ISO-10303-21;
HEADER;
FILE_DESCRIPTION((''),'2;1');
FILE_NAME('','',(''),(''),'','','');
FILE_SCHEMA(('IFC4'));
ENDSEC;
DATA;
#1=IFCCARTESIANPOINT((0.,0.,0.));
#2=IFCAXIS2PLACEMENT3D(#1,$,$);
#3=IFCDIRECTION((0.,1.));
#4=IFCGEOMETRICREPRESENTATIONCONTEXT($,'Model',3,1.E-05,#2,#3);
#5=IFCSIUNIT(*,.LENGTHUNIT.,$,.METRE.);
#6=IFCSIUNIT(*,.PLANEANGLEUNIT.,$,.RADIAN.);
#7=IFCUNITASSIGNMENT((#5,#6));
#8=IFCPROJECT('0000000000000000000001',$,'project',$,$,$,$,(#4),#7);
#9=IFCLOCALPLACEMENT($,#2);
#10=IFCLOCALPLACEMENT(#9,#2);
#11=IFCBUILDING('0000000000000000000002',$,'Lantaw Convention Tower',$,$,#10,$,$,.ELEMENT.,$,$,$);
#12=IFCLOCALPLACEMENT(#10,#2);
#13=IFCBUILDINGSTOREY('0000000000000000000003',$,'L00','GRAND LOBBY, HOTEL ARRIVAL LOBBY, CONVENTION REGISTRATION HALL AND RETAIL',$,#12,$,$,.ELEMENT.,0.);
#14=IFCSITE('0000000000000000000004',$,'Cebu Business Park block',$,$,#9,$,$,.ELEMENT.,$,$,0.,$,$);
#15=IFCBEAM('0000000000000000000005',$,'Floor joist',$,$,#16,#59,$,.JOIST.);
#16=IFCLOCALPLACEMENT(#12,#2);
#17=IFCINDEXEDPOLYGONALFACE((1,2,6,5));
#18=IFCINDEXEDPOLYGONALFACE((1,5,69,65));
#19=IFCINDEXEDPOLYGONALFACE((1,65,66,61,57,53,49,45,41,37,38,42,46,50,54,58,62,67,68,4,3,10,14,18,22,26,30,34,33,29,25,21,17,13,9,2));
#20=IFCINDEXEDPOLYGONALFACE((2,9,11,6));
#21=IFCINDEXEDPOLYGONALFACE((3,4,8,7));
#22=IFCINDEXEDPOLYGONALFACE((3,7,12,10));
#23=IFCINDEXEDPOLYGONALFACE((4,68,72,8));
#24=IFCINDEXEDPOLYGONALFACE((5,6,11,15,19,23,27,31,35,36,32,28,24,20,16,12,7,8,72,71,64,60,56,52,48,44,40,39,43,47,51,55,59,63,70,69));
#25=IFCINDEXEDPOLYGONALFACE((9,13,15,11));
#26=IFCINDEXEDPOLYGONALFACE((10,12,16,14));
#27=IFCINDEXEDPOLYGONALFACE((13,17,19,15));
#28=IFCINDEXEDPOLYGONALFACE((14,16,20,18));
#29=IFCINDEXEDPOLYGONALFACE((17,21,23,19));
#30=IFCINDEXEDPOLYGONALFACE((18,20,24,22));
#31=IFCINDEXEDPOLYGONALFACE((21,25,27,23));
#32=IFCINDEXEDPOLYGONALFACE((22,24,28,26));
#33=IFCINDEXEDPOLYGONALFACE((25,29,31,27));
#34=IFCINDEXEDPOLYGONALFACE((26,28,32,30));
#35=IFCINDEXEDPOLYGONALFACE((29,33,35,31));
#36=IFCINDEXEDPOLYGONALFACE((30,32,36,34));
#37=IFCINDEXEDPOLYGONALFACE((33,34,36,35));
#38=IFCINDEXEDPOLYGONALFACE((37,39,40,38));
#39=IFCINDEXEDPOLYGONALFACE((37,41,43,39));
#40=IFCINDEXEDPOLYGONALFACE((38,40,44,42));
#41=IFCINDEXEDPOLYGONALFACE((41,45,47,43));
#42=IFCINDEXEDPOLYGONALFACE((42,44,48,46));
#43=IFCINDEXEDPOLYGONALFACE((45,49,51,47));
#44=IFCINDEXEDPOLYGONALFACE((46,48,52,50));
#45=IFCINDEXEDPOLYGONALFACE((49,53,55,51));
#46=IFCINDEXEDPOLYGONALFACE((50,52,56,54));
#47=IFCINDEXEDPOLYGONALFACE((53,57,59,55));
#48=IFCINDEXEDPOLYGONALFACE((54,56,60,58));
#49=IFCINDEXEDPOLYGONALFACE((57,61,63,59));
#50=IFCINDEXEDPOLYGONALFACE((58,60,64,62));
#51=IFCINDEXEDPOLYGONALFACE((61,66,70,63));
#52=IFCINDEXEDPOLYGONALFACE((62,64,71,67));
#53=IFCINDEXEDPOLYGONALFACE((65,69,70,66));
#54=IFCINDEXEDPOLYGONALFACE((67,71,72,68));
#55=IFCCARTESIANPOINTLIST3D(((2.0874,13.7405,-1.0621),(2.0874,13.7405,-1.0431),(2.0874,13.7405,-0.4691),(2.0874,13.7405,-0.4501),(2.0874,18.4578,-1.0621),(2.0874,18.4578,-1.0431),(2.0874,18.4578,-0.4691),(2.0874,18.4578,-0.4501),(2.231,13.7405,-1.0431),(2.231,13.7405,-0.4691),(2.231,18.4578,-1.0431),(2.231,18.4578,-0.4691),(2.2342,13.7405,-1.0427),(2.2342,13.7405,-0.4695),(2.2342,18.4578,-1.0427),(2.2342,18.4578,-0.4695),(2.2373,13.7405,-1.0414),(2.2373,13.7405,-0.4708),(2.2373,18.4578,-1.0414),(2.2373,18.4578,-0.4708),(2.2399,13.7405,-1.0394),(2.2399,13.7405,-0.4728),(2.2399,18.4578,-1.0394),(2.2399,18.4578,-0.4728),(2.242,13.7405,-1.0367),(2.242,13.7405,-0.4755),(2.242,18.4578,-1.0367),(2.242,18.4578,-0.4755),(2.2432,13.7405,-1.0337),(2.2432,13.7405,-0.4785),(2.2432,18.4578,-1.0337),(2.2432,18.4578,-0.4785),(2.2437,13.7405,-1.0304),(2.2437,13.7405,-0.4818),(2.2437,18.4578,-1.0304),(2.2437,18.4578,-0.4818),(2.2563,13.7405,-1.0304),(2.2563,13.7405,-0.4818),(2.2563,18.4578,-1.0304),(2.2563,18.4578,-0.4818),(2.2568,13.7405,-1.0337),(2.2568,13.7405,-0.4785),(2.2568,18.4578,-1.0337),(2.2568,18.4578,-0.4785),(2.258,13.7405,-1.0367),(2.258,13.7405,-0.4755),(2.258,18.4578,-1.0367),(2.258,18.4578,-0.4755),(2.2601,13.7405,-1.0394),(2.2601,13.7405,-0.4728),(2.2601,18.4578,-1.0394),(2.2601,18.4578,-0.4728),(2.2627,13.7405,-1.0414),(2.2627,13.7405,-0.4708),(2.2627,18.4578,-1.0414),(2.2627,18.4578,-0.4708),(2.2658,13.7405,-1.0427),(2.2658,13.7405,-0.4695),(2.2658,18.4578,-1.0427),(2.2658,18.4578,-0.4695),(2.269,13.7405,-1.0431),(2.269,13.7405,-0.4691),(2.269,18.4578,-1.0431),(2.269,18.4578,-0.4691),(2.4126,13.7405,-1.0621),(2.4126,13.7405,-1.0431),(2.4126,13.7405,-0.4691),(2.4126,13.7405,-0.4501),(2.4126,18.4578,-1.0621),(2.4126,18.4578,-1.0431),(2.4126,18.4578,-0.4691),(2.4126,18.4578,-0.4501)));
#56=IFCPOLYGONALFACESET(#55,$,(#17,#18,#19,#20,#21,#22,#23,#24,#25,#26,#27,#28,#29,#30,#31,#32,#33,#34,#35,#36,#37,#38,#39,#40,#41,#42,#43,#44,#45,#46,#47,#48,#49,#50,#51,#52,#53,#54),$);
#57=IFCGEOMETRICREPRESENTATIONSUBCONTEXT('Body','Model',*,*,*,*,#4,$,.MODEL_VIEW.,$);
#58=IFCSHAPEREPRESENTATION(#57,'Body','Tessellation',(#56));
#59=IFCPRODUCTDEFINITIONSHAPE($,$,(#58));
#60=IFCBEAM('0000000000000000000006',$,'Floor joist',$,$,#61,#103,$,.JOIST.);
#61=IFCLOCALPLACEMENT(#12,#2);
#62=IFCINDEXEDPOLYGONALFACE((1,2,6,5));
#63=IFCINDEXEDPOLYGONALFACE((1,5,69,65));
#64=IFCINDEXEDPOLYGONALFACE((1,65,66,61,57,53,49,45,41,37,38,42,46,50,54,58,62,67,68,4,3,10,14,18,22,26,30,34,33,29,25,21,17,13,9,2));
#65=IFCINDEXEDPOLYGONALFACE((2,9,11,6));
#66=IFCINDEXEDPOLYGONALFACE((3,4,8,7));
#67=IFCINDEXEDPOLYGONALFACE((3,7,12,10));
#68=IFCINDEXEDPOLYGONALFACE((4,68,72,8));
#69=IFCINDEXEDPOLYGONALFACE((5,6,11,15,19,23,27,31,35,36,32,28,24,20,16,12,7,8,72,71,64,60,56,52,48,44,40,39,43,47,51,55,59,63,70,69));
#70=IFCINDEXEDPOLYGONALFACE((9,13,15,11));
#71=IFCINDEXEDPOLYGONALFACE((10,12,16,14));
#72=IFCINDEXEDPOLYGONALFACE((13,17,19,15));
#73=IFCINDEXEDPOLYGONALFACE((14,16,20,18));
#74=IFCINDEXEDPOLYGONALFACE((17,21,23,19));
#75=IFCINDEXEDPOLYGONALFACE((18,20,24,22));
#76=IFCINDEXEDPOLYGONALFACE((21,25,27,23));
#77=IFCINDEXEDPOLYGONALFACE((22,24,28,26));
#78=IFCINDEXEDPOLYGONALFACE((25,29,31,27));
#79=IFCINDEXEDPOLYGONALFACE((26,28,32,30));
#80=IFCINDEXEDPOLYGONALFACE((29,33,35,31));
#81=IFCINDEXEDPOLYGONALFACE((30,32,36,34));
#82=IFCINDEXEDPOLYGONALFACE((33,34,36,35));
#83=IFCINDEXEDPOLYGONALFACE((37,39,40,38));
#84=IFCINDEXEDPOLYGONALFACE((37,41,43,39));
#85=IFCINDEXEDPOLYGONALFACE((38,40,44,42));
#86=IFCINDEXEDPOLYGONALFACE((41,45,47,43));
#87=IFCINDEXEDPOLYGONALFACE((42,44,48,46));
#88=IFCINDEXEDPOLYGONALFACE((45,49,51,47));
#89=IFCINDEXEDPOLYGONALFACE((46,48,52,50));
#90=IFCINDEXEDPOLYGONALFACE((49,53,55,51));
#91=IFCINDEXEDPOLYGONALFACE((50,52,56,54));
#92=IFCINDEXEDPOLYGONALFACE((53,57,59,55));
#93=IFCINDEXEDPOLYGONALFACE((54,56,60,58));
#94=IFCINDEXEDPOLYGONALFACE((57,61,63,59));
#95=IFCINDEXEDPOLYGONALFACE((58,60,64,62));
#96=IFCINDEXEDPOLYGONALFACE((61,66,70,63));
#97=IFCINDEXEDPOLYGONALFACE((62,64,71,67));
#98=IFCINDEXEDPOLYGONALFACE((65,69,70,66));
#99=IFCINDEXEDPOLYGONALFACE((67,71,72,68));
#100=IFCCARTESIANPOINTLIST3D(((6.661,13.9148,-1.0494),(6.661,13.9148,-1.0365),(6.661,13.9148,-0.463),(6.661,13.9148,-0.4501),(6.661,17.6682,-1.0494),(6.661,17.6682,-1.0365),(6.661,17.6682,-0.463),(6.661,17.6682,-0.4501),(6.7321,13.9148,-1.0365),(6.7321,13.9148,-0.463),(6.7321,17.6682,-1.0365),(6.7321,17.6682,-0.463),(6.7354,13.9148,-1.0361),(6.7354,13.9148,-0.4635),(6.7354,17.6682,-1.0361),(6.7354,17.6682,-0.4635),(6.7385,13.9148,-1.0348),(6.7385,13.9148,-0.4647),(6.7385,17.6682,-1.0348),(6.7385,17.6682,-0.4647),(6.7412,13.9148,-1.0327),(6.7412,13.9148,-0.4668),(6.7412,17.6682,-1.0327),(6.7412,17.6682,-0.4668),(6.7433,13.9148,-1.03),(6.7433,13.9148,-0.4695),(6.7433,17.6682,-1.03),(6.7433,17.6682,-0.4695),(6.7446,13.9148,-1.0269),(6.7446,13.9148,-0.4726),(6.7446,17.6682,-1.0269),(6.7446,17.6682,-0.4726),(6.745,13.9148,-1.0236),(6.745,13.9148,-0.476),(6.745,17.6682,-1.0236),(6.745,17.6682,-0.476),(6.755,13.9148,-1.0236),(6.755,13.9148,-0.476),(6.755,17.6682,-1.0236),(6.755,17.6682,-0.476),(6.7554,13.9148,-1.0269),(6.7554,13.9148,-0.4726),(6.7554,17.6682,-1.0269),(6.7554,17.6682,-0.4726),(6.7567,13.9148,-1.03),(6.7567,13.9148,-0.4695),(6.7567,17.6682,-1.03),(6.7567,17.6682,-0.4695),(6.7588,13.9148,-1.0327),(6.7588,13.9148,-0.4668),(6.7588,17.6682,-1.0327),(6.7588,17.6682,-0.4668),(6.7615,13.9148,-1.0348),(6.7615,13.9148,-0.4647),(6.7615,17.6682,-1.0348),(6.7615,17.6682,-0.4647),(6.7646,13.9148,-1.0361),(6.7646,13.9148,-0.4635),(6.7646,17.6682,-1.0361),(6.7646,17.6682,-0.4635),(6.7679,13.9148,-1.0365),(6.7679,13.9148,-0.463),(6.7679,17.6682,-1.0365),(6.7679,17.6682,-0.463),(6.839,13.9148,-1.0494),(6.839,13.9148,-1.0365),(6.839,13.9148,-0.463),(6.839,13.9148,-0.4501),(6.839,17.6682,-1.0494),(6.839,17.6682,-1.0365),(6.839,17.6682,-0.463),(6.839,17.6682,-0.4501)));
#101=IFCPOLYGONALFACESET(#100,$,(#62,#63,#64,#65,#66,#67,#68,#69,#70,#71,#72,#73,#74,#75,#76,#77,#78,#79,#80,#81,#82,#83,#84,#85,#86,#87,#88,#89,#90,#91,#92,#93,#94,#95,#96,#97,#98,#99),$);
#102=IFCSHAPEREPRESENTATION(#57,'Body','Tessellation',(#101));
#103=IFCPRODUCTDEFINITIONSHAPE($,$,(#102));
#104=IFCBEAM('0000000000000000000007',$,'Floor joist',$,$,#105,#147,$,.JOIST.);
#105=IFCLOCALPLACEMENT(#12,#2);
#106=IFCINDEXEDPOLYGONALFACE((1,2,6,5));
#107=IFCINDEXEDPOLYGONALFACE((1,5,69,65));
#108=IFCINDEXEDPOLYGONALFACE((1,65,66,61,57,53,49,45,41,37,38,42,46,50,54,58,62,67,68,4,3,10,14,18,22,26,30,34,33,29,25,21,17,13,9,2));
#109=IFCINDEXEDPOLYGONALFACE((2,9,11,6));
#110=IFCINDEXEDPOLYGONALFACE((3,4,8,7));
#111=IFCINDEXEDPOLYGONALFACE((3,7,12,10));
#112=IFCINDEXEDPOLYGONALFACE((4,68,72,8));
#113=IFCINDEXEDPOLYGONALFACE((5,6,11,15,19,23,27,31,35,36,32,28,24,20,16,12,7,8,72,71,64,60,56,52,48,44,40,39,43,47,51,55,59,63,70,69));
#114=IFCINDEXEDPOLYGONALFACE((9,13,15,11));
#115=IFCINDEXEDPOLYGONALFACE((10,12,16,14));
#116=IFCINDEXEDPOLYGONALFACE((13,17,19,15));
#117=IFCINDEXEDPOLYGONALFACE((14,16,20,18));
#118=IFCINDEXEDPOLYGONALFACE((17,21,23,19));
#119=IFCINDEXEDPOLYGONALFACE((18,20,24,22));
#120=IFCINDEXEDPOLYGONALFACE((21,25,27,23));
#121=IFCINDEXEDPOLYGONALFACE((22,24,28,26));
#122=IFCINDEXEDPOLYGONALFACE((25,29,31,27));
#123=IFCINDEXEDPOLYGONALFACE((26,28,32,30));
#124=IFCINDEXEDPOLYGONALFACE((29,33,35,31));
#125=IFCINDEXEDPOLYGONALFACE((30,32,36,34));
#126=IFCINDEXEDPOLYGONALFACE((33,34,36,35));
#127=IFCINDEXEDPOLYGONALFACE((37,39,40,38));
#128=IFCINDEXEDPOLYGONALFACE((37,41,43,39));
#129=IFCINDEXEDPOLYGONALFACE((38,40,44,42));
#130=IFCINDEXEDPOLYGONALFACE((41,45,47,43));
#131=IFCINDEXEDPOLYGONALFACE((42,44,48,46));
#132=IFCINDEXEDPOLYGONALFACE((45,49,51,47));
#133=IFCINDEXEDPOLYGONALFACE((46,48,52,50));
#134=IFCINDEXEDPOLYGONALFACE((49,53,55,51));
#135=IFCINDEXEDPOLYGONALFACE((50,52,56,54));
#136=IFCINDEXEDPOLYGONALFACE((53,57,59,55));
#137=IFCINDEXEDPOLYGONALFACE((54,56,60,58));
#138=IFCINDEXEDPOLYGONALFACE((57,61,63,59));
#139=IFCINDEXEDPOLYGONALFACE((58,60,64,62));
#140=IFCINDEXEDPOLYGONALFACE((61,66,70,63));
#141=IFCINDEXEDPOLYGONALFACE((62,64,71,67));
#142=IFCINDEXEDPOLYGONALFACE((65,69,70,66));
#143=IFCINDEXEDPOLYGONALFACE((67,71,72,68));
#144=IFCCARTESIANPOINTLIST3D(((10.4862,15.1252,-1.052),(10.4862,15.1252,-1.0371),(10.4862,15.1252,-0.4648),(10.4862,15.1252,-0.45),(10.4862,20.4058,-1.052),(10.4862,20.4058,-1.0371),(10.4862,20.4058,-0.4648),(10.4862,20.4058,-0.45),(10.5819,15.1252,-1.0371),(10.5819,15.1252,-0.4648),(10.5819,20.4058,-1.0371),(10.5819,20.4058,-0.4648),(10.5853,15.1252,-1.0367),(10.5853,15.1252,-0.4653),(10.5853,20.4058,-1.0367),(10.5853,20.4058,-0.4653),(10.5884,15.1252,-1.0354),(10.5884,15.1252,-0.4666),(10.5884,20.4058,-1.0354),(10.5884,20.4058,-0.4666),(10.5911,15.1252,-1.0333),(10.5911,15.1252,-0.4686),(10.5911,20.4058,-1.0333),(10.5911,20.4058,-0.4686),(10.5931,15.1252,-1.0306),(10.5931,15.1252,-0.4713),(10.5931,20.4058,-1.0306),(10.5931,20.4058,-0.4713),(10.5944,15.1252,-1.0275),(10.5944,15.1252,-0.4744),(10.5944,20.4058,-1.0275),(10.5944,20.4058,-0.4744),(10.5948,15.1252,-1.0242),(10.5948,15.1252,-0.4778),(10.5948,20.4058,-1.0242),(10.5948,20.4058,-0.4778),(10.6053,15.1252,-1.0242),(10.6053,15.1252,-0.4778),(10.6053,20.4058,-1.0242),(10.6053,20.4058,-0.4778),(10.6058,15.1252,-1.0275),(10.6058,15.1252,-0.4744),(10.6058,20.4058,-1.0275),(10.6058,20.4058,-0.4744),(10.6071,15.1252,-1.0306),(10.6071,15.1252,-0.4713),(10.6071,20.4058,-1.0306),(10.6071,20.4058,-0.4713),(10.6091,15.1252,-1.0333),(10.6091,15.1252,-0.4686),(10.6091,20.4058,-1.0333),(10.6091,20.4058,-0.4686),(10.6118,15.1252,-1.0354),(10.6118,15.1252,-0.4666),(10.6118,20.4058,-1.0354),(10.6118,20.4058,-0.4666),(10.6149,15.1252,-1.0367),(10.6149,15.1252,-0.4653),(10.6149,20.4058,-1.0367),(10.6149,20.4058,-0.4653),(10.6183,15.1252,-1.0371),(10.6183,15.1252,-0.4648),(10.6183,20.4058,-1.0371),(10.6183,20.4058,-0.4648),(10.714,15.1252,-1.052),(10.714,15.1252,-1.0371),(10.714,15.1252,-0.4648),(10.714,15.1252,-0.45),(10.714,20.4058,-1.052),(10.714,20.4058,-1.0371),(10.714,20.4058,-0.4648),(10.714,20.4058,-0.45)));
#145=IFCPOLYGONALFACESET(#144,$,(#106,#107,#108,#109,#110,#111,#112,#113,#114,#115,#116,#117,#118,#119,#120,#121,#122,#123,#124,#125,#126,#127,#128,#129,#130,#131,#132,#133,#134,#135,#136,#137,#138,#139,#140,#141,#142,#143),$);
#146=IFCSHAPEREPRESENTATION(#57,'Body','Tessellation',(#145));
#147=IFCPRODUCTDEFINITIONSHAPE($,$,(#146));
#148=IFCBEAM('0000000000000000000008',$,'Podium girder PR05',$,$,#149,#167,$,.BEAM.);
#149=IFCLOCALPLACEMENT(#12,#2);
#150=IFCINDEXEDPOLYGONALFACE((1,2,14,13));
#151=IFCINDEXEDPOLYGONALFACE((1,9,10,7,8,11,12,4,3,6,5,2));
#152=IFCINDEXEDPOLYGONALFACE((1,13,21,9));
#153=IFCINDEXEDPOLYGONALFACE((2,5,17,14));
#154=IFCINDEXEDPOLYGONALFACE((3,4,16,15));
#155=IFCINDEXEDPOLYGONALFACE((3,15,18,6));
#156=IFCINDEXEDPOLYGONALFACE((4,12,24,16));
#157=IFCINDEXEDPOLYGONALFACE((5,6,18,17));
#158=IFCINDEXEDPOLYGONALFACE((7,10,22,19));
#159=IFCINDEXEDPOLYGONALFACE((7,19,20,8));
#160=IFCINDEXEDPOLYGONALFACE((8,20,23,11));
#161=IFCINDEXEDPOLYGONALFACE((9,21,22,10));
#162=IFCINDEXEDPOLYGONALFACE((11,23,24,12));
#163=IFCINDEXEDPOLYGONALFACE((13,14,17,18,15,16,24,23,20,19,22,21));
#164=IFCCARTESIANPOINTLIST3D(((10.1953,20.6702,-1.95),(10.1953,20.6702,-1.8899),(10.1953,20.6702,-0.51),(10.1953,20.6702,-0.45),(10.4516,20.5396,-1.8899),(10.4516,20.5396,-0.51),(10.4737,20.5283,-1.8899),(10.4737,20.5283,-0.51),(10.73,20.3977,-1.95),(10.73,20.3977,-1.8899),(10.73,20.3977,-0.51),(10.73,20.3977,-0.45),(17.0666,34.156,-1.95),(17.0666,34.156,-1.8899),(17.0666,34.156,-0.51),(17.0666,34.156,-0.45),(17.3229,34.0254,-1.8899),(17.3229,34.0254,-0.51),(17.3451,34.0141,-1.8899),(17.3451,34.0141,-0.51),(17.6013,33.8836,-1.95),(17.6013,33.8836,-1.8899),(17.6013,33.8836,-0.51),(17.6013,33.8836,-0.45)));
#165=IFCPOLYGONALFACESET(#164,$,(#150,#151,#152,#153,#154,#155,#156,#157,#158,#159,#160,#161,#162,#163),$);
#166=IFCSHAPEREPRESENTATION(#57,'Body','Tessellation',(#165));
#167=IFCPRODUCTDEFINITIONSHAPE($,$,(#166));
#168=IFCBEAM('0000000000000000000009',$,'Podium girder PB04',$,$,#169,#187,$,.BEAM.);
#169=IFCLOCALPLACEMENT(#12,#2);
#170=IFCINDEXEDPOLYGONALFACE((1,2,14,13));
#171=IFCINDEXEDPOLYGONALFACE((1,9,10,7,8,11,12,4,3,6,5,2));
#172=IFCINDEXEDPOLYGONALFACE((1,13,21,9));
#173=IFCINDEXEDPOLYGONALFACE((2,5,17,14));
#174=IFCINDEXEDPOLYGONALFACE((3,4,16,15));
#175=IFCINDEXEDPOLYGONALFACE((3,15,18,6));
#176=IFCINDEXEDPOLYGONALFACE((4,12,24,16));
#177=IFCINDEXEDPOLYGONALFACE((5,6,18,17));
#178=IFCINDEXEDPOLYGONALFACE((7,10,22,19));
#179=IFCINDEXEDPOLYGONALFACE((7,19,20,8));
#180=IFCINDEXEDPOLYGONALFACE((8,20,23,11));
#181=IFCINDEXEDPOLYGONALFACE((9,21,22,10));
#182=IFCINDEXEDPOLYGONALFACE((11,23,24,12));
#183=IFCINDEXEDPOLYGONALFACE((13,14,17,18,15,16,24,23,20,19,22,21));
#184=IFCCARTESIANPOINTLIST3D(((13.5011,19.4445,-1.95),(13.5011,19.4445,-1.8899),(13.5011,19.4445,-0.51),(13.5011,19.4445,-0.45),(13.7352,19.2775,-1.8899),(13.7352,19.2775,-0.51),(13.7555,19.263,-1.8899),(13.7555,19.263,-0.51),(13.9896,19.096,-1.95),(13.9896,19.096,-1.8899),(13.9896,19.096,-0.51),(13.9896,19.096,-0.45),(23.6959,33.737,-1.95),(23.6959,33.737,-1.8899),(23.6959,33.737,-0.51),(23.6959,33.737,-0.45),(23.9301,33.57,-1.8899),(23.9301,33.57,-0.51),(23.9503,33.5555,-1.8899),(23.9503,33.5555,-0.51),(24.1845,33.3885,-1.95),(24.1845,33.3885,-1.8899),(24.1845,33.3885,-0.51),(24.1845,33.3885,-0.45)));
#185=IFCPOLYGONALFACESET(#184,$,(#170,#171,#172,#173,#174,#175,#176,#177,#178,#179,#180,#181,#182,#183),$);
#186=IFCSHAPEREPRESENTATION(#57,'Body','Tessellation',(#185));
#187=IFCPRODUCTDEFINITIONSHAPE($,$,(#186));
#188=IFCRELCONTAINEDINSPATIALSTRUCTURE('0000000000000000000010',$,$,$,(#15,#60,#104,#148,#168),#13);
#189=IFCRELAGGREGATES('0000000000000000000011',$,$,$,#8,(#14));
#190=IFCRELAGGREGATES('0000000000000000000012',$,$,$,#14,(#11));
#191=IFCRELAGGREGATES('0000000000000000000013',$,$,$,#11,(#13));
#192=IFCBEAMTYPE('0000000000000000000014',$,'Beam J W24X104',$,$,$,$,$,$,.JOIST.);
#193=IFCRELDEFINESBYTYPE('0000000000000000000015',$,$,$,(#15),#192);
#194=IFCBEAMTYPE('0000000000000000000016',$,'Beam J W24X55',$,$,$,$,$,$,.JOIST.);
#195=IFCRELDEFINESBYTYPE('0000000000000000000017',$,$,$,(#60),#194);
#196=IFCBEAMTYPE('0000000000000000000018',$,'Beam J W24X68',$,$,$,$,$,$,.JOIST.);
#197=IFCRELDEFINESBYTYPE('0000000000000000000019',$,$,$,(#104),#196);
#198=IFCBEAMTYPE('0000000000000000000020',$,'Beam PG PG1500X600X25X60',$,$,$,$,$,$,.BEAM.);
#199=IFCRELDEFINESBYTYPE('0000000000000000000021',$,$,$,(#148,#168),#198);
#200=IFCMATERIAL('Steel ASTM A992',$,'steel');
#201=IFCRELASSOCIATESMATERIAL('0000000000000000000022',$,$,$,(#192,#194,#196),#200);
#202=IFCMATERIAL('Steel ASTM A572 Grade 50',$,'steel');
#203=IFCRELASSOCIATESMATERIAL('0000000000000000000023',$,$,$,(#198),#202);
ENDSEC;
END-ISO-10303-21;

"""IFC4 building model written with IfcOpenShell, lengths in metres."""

from ifc_helpers import new_model, si_unit, direction, frame, origin, origin_2d, place, context, subcontext, project, spatial, i_section, extrude, material, material_profile, profile_set, type_object, element, save


model = new_model("IFC4")

# Units and contexts
model_context = context("Model", 3, precision=1e-05, world=origin(), true_north=direction((0.0, 1.0)))
body_context = subcontext(model_context, "Body", "Model", "MODEL_VIEW")
ifc_project = project(units=[si_unit("LENGTHUNIT", "METRE"), si_unit("PLANEANGLEUNIT", "RADIAN")], contexts=[model_context])

# Site, building, storey
site_placement = place(None, origin())
site = spatial("IfcSite", under=ifc_project, at=site_placement, Name="Cebu Business Park block", CompositionType="ELEMENT", RefElevation=0.0)
building_placement = place(site_placement, origin())
building = spatial("IfcBuilding", under=site, at=building_placement, Name="Lantaw Convention Tower", CompositionType="ELEMENT")
storey_placement = place(building_placement, origin())
storey = spatial("IfcBuildingStorey", under=building, at=storey_placement, Name="L00", Description="GRAND LOBBY, HOTEL ARRIVAL LOBBY, CONVENTION REGISTRATION HALL AND RETAIL", CompositionType="ELEMENT", Elevation=0.0)

# Shared definitions
ifc_material_1 = material(Name="Steel ASTM A572 Grade 50", Category="steel")

# Beams
ifc_material_2 = material(Name="Steel ASTM A992", Category="steel")
ifc_material_profile_1 = material_profile(ifc_material_2, i_section(OverallWidth=0.3252, OverallDepth=0.6121, WebThickness=0.0127, FlangeThickness=0.019, FilletRadius=0.0127, at=origin_2d()), Name="W24X104")
ifc_profile_set_1 = profile_set([ifc_material_profile_1], Name="Steel ASTM A992")
beam_type_1 = type_object("IfcBeamType", Name="Beam J W24X104", PredefinedType="JOIST", material=ifc_profile_set_1)
beam_1_placement = place(storey_placement, frame((2.25, 13.7405, -0.7561), z_axis=(0.0, 1.0, 0.0), x_axis=(-1.0, 0.0, 0.0)))
element("IfcBeam", 1, at=beam_1_placement, inside=storey, type_object=beam_type_1, Name="Floor joist", PredefinedType="JOIST", context=body_context, shape_type="SweptSolid", body=[
    extrude(i_section(OverallWidth=0.3252, OverallDepth=0.6121, WebThickness=0.0127, FlangeThickness=0.019, FilletRadius=0.0127, at=origin_2d()), origin(), (0.0, 0.0, 1.0), 4.7173),
])
ifc_material_profile_2 = material_profile(ifc_material_2, i_section(OverallWidth=0.178, OverallDepth=0.5994, WebThickness=0.01, FlangeThickness=0.0129, FilletRadius=0.0129, at=origin_2d()), Name="W24X55")
ifc_profile_set_2 = profile_set([ifc_material_profile_2], Name="Steel ASTM A992")
beam_type_2 = type_object("IfcBeamType", Name="Beam J W24X55", PredefinedType="JOIST", material=ifc_profile_set_2)
beam_2_placement = place(storey_placement, frame((6.75, 13.9148, -0.7498), z_axis=(0.0, 1.0, 0.0), x_axis=(-1.0, 0.0, 0.0)))
element("IfcBeam", 2, at=beam_2_placement, inside=storey, type_object=beam_type_2, Name="Floor joist", PredefinedType="JOIST", context=body_context, shape_type="SweptSolid", body=[
    extrude(i_section(OverallWidth=0.178, OverallDepth=0.5994, WebThickness=0.01, FlangeThickness=0.0129, FilletRadius=0.0129, at=origin_2d()), origin(), (0.0, 0.0, 1.0), 3.7534),
])
ifc_material_profile_3 = material_profile(ifc_material_2, i_section(OverallWidth=0.2278, OverallDepth=0.6021, WebThickness=0.0105, FlangeThickness=0.0149, FilletRadius=0.0129, at=origin_2d()), Name="W24X68")
ifc_profile_set_3 = profile_set([ifc_material_profile_3], Name="Steel ASTM A992")
beam_type_3 = type_object("IfcBeamType", Name="Beam J W24X68", PredefinedType="JOIST", material=ifc_profile_set_3)
beam_3_placement = place(storey_placement, frame((10.6001, 15.1252, -0.751), z_axis=(0.0, 1.0, 0.0), x_axis=(-1.0, 0.0, 0.0)))
element("IfcBeam", 3, at=beam_3_placement, inside=storey, type_object=beam_type_3, Name="Floor joist", PredefinedType="JOIST", context=body_context, shape_type="SweptSolid", body=[
    extrude(i_section(OverallWidth=0.2278, OverallDepth=0.6021, WebThickness=0.0105, FlangeThickness=0.0149, FilletRadius=0.0129, at=origin_2d()), origin(), (0.0, 0.0, 1.0), 5.2805),
])
ifc_material_profile_4 = material_profile(ifc_material_1, i_section(OverallWidth=0.6001, OverallDepth=1.5, WebThickness=0.0249, FlangeThickness=0.0601, at=origin_2d()), Name="PG1500X600X25X60")
ifc_profile_set_4 = profile_set([ifc_material_profile_4], Name="Steel ASTM A572 Grade 50")
beam_type_4 = type_object("IfcBeamType", Name="Beam PG PG1500X600X25X60", PredefinedType="BEAM", material=ifc_profile_set_4)
beam_4_placement = place(storey_placement, frame((10.4626, 20.5339, -1.2), z_axis=(0.453988, 0.891008, 0.0), x_axis=(-0.891008, 0.453988, 0.0)))
element("IfcBeam", 4, at=beam_4_placement, inside=storey, type_object=beam_type_4, Name="Podium girder PR05", PredefinedType="BEAM", context=body_context, shape_type="SweptSolid", body=[
    extrude(i_section(OverallWidth=0.6001, OverallDepth=1.5, WebThickness=0.0249, FlangeThickness=0.0601, at=origin_2d()), origin(), (0.0, 0.0, 1.0), 15.1355),
])
beam_5_placement = place(storey_placement, frame((13.7454, 19.2703, -1.2), z_axis=(0.580707, 0.814113, 0.0), x_axis=(-0.814113, 0.580707, 0.0)))
element("IfcBeam", 5, at=beam_5_placement, inside=storey, type_object=beam_type_4, Name="Podium girder PB04", PredefinedType="BEAM", context=body_context, shape_type="SweptSolid", body=[
    extrude(i_section(OverallWidth=0.6001, OverallDepth=1.5, WebThickness=0.0249, FlangeThickness=0.0601, at=origin_2d()), origin(), (0.0, 0.0, 1.0), 17.5559),
])

save(model, "model.ifc")
